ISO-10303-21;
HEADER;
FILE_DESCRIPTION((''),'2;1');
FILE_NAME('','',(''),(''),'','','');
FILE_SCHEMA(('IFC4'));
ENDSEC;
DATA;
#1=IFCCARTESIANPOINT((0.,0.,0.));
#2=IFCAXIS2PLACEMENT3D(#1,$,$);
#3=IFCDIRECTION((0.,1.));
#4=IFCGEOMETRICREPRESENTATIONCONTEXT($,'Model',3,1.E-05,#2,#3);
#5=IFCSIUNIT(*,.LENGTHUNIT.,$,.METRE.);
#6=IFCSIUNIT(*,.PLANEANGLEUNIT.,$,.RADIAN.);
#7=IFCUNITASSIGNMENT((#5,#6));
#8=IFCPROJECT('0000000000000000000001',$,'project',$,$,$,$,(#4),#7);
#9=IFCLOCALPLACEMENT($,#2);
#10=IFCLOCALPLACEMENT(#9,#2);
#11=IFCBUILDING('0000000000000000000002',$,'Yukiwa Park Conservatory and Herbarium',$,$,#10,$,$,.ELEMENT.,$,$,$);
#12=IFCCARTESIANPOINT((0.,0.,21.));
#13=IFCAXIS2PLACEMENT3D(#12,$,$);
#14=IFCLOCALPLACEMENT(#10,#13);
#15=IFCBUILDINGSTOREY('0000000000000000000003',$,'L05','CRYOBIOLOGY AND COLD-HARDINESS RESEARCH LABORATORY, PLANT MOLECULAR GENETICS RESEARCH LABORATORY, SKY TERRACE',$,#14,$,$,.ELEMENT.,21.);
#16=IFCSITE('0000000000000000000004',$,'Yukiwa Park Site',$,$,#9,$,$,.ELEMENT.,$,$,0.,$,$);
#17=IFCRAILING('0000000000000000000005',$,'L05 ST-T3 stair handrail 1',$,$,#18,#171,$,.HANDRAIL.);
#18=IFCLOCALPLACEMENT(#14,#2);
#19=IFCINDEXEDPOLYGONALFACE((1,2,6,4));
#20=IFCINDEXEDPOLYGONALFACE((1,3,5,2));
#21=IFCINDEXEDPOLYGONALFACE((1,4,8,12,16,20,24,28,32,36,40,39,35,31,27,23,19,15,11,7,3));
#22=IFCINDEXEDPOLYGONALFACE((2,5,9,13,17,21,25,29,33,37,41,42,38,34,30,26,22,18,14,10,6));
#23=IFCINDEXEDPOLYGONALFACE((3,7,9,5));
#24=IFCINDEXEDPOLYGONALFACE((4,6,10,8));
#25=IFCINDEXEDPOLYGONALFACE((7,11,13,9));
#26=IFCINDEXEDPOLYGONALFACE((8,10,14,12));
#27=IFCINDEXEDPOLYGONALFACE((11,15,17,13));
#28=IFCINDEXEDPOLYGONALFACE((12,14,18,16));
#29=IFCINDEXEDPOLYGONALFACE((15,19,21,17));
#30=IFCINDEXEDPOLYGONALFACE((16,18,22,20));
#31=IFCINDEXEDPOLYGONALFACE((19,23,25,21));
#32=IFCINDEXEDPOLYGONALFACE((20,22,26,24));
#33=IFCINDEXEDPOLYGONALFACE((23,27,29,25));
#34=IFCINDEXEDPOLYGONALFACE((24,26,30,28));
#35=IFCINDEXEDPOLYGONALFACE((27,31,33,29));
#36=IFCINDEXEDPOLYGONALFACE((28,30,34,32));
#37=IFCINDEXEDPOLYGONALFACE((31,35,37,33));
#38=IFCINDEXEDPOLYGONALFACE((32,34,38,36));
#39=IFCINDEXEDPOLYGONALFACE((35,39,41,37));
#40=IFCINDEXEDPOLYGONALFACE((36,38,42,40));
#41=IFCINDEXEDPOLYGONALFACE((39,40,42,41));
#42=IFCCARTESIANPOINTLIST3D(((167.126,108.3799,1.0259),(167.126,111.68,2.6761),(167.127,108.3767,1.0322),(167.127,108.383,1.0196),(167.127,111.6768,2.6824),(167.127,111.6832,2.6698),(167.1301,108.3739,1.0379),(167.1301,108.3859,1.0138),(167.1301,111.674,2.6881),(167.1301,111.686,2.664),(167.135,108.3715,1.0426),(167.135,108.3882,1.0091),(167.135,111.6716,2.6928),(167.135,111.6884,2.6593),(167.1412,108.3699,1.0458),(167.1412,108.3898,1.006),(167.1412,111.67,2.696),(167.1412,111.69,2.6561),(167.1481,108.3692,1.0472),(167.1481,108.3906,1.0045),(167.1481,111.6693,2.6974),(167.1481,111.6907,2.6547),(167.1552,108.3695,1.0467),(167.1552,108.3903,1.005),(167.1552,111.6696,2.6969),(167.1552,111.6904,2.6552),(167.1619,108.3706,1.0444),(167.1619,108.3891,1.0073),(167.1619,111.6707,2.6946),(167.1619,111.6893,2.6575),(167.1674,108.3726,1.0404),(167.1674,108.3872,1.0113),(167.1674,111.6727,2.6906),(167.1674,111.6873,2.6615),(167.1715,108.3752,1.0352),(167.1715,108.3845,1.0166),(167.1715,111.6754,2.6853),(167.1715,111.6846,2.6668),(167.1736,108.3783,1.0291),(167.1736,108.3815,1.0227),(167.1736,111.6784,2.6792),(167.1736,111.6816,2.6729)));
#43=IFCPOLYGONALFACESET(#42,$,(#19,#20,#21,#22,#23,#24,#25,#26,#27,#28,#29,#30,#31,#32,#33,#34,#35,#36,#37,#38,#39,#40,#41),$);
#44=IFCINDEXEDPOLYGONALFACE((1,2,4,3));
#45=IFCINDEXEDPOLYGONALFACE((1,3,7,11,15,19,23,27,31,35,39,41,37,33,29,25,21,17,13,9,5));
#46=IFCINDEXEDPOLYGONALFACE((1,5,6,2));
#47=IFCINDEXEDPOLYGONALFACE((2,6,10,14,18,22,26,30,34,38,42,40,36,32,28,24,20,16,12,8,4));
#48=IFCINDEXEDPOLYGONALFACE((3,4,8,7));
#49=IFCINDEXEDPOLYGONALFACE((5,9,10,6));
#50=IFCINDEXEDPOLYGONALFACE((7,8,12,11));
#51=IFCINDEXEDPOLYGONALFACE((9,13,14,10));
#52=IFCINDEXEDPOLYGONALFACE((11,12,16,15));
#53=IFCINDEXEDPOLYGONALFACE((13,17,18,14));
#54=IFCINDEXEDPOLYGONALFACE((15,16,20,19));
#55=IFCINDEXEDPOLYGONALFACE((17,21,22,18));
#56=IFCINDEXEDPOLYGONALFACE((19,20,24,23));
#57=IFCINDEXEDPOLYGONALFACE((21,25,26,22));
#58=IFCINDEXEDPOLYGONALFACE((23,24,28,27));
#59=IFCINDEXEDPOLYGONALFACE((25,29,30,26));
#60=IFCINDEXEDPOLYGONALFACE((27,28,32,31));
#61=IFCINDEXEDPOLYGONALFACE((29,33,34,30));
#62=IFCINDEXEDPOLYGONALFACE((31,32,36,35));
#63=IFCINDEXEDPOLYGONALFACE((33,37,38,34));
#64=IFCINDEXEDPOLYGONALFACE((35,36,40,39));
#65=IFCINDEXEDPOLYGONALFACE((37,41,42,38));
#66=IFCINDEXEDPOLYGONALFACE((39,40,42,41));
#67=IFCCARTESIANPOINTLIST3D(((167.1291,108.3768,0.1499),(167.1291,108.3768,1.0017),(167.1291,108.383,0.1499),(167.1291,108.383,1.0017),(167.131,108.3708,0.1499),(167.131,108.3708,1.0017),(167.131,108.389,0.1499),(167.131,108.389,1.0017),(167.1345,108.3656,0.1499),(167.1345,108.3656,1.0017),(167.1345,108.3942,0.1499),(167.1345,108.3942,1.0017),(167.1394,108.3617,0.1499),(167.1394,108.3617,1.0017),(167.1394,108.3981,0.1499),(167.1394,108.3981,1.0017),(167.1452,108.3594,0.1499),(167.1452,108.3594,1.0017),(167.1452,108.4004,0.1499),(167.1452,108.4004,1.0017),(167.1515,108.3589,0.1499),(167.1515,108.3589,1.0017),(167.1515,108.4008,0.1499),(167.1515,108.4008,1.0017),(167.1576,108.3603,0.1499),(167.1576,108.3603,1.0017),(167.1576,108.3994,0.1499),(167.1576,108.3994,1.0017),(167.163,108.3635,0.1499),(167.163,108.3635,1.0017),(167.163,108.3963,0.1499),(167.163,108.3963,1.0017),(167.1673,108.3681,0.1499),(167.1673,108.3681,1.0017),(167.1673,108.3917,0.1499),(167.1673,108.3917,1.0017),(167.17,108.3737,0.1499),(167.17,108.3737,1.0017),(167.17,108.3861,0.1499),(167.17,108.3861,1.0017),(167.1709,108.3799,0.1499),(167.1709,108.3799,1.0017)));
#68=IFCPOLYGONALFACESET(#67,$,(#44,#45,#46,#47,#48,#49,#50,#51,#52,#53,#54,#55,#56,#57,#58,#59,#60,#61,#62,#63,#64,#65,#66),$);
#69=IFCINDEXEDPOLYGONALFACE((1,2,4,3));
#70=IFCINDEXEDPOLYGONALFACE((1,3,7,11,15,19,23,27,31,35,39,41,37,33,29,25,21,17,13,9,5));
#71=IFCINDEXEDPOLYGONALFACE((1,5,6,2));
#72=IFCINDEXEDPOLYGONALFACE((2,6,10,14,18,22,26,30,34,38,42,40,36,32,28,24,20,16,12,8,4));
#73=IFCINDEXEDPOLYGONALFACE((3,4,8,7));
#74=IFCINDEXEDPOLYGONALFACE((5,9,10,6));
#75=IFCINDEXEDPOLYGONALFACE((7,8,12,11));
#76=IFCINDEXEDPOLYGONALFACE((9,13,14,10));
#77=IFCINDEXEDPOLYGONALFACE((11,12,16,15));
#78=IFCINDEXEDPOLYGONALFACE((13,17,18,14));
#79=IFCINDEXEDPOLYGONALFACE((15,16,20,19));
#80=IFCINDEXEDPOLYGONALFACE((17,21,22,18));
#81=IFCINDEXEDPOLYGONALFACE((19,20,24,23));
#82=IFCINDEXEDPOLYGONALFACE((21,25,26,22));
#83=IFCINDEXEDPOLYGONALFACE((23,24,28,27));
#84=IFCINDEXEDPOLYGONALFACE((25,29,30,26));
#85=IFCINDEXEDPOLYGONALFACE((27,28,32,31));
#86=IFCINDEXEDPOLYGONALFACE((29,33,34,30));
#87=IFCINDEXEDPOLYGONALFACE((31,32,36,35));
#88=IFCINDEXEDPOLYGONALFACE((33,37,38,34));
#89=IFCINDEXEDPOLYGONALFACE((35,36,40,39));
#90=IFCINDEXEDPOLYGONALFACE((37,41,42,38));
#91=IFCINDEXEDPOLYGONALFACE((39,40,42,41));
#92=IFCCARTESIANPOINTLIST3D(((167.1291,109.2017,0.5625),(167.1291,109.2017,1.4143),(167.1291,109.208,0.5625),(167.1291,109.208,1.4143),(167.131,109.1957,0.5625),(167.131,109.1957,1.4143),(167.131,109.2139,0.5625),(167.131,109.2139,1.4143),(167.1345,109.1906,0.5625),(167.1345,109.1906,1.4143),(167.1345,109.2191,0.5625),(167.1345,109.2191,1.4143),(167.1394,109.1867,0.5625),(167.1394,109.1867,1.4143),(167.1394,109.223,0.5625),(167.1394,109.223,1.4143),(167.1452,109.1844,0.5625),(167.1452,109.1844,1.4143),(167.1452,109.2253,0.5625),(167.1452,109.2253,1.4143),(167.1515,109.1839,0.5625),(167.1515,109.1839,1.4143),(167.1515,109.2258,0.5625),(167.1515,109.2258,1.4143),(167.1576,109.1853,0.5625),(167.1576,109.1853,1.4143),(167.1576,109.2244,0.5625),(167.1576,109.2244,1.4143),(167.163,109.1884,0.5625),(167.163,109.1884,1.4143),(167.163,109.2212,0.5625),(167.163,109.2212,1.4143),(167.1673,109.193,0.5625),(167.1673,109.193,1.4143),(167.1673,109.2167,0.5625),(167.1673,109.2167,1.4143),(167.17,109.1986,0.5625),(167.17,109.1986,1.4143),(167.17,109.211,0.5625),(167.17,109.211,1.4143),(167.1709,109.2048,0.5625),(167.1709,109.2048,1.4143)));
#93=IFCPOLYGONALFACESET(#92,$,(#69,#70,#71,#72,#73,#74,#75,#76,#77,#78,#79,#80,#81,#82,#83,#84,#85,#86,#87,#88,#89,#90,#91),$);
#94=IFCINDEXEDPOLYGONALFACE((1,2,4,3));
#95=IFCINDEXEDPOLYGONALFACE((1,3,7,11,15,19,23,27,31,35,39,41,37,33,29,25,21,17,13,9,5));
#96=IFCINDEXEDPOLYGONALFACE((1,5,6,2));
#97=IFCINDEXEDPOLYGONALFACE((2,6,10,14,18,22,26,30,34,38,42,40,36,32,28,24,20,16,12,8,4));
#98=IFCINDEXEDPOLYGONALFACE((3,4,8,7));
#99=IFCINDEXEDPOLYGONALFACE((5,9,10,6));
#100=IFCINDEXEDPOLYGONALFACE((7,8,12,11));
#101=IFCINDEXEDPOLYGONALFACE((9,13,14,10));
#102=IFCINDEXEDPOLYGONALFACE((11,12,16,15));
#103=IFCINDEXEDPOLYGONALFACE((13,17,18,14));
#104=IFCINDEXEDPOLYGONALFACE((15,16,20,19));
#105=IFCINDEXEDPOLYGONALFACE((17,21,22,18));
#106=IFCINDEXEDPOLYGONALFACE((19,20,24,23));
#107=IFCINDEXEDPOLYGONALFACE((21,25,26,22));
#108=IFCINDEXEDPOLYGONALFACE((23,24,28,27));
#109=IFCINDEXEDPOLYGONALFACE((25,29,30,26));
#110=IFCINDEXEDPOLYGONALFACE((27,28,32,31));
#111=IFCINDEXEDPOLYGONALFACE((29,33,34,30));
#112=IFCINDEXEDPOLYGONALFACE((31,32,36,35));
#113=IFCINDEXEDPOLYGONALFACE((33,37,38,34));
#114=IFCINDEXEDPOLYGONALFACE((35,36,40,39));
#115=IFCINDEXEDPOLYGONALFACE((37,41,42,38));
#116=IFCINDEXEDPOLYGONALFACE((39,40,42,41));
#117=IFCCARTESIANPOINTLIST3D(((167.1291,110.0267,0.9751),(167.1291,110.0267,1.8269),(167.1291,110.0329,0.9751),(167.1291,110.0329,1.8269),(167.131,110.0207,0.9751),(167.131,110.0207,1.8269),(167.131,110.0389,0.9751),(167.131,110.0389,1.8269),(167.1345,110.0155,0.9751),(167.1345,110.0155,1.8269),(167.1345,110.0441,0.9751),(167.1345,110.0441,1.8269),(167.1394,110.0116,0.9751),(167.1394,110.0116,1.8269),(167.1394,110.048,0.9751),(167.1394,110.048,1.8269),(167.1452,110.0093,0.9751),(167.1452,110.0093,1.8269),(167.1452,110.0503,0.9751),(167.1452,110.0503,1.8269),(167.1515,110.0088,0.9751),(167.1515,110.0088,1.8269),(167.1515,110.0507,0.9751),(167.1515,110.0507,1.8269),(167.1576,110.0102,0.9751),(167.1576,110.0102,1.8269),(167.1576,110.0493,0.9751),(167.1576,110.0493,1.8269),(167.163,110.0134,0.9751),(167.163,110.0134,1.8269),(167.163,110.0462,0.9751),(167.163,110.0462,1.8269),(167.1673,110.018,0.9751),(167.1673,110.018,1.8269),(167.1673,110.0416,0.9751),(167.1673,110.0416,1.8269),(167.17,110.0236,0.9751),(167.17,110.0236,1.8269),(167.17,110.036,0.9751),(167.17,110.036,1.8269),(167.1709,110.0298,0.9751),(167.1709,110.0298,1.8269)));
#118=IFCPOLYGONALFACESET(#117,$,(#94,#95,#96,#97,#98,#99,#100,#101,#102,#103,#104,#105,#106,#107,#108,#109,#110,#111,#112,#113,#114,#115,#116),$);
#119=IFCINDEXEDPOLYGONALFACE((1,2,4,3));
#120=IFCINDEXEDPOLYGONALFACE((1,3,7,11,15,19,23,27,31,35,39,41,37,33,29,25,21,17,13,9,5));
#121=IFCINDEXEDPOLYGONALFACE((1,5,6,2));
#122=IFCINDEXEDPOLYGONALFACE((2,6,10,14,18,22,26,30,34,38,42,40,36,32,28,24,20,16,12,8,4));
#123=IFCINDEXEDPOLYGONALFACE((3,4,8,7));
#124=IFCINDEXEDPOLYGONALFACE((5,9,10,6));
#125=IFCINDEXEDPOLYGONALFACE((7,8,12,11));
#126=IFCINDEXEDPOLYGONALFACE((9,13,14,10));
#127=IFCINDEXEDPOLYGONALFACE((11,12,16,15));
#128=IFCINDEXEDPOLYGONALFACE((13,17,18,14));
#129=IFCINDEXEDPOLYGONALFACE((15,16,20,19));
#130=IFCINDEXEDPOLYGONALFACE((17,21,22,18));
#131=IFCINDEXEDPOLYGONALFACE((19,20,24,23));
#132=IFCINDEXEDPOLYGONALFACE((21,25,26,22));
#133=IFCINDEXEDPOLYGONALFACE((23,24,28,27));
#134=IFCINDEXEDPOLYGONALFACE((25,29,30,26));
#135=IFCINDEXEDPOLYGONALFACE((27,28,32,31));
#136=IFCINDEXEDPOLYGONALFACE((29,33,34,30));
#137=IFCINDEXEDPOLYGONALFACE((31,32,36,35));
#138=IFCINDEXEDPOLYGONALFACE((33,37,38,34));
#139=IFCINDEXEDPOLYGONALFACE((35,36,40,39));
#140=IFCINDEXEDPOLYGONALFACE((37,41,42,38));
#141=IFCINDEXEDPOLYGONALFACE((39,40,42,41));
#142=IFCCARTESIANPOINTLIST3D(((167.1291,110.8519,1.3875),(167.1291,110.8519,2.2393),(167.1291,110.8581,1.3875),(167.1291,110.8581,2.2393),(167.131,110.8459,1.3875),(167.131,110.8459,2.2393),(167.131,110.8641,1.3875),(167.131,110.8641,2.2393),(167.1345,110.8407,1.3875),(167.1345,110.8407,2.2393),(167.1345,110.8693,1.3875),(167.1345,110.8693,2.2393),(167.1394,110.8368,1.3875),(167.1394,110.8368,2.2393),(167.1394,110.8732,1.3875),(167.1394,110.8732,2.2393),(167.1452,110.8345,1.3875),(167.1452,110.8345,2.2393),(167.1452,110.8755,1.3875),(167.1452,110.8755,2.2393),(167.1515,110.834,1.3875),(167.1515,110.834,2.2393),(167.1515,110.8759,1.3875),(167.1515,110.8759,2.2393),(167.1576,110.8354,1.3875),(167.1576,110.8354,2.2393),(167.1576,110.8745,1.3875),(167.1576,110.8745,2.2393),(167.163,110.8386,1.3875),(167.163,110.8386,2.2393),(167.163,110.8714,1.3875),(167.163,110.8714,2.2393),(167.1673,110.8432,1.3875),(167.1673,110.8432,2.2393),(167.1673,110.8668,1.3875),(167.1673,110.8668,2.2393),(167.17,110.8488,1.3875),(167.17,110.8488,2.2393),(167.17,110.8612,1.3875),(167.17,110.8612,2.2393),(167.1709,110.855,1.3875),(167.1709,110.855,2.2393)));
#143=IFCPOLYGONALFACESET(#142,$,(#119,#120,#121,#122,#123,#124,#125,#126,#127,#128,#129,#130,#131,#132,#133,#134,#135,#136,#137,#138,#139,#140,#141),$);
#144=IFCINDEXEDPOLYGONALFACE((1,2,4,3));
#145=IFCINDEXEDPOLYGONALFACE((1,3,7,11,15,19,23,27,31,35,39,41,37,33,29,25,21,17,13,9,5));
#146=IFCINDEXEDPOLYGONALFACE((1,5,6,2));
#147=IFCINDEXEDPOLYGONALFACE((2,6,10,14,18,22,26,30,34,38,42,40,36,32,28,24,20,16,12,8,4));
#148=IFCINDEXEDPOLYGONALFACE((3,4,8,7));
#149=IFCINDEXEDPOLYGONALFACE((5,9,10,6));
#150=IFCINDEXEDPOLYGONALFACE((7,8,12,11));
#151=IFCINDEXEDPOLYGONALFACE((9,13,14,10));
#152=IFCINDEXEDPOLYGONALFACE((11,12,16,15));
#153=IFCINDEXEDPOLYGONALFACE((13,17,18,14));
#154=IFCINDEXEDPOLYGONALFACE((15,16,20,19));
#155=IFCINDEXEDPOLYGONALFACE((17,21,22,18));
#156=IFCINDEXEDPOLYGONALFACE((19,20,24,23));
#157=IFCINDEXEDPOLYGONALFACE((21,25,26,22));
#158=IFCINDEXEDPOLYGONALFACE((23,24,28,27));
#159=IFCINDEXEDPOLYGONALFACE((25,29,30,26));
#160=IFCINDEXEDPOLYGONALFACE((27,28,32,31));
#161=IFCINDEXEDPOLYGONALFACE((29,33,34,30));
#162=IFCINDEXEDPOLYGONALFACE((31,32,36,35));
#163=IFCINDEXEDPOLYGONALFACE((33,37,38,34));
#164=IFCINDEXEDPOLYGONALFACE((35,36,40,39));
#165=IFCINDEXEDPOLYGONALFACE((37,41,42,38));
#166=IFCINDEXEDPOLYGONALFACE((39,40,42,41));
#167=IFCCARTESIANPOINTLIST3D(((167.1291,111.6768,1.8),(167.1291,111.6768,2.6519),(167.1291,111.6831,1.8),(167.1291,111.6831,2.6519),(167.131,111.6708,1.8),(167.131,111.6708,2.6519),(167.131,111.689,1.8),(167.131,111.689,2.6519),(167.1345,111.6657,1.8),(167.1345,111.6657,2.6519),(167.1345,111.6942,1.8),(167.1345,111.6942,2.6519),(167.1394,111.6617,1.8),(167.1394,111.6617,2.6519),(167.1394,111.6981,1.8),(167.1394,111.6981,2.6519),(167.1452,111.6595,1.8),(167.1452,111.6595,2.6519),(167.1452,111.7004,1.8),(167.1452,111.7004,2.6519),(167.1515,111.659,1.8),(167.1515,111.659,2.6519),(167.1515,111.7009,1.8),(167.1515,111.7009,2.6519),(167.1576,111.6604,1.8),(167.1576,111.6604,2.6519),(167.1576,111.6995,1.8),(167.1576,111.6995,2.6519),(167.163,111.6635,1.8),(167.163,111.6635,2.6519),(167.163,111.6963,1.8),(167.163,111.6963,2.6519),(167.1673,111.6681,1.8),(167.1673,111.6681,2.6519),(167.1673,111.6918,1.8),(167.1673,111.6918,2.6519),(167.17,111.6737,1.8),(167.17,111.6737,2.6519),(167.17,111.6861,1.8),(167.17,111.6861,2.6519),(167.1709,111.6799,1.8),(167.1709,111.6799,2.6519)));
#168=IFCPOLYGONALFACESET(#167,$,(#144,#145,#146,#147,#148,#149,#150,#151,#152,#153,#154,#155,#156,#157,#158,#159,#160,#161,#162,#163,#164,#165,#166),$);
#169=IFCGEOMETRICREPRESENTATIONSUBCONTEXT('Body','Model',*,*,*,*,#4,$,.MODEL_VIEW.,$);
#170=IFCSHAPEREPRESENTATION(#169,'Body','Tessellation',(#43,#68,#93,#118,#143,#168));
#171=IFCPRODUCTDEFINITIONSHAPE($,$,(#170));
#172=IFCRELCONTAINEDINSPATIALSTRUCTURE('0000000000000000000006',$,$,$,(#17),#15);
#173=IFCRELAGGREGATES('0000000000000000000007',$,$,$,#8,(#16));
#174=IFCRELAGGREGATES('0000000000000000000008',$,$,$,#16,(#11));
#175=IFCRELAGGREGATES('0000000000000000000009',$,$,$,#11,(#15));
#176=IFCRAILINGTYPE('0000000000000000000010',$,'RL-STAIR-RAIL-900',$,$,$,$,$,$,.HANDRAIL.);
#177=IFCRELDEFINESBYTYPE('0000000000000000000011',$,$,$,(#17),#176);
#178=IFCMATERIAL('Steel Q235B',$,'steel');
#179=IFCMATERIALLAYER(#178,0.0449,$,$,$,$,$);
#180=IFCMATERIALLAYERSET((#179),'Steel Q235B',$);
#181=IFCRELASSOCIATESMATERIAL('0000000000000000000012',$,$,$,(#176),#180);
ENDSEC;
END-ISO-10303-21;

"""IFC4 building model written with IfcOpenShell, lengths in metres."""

from ifc_helpers import new_model, si_unit, direction, frame, origin, origin_2d, place, context, subcontext, project, spatial, circle, extrude, material, layer, layer_set, type_object, element, save


model = new_model("IFC4")

# Units and contexts
model_context = context("Model", 3, precision=1e-05, world=origin(), true_north=direction((0.0, 1.0)))
body_context = subcontext(model_context, "Body", "Model", "MODEL_VIEW")
ifc_project = project(units=[si_unit("LENGTHUNIT", "METRE"), si_unit("PLANEANGLEUNIT", "RADIAN")], contexts=[model_context])

# Site, building, storey
site_placement = place(None, origin())
site = spatial("IfcSite", under=ifc_project, at=site_placement, Name="Yukiwa Park Site", CompositionType="ELEMENT", RefElevation=0.0)
building_placement = place(site_placement, origin())
building = spatial("IfcBuilding", under=site, at=building_placement, Name="Yukiwa Park Conservatory and Herbarium", CompositionType="ELEMENT")
storey_placement = place(building_placement, frame((0.0, 0.0, 21.0)))
storey = spatial("IfcBuildingStorey", under=building, at=storey_placement, Name="L05", Description="CRYOBIOLOGY AND COLD-HARDINESS RESEARCH LABORATORY, PLANT MOLECULAR GENETICS RESEARCH LABORATORY, SKY TERRACE", CompositionType="ELEMENT", Elevation=21.0)

# Railing
ifc_material_1 = material(Name="Steel Q235B", Category="steel")
ifc_layer_1 = layer(ifc_material_1, 0.0449)
ifc_layer_set_1 = layer_set([ifc_layer_1], Name="Steel Q235B")
railing_type_1 = type_object("IfcRailingType", Name="RL-STAIR-RAIL-900", PredefinedType="HANDRAIL", material=ifc_layer_set_1)
railing_1_placement = place(storey_placement, frame((167.1499, 108.3799, 0.1499)))
element("IfcRailing", 1, at=railing_1_placement, inside=storey, type_object=railing_type_1, Name="L05 ST-T3 stair handrail 1", PredefinedType="HANDRAIL", context=body_context, shape_type="SweptSolid", body=[
    extrude(circle(Radius=0.0239, at=origin_2d()), frame((0.0, 0.0, 0.876), z_axis=(0.0, 0.894414, 0.44724), x_axis=(-1.0, 0.0, 0.0)), (0.0, 0.0, 1.0), 3.6897),
    extrude(circle(Radius=0.021, at=origin_2d()), origin(), (0.0, 0.0, 1.0), 0.8518),
    extrude(circle(Radius=0.021, at=origin_2d()), frame((0.0, 0.825, 0.4126)), (0.0, 0.0, 1.0), 0.8518),
    extrude(circle(Radius=0.021, at=origin_2d()), frame((0.0, 1.6499, 0.8252)), (0.0, 0.0, 1.0), 0.8518),
    extrude(circle(Radius=0.021, at=origin_2d()), frame((0.0, 2.4751, 1.2375)), (0.0, 0.0, 1.0), 0.8518),
    extrude(circle(Radius=0.021, at=origin_2d()), frame((0.0, 3.3, 1.6501)), (0.0, 0.0, 1.0), 0.8518),
])

save(model, "model.ifc")
